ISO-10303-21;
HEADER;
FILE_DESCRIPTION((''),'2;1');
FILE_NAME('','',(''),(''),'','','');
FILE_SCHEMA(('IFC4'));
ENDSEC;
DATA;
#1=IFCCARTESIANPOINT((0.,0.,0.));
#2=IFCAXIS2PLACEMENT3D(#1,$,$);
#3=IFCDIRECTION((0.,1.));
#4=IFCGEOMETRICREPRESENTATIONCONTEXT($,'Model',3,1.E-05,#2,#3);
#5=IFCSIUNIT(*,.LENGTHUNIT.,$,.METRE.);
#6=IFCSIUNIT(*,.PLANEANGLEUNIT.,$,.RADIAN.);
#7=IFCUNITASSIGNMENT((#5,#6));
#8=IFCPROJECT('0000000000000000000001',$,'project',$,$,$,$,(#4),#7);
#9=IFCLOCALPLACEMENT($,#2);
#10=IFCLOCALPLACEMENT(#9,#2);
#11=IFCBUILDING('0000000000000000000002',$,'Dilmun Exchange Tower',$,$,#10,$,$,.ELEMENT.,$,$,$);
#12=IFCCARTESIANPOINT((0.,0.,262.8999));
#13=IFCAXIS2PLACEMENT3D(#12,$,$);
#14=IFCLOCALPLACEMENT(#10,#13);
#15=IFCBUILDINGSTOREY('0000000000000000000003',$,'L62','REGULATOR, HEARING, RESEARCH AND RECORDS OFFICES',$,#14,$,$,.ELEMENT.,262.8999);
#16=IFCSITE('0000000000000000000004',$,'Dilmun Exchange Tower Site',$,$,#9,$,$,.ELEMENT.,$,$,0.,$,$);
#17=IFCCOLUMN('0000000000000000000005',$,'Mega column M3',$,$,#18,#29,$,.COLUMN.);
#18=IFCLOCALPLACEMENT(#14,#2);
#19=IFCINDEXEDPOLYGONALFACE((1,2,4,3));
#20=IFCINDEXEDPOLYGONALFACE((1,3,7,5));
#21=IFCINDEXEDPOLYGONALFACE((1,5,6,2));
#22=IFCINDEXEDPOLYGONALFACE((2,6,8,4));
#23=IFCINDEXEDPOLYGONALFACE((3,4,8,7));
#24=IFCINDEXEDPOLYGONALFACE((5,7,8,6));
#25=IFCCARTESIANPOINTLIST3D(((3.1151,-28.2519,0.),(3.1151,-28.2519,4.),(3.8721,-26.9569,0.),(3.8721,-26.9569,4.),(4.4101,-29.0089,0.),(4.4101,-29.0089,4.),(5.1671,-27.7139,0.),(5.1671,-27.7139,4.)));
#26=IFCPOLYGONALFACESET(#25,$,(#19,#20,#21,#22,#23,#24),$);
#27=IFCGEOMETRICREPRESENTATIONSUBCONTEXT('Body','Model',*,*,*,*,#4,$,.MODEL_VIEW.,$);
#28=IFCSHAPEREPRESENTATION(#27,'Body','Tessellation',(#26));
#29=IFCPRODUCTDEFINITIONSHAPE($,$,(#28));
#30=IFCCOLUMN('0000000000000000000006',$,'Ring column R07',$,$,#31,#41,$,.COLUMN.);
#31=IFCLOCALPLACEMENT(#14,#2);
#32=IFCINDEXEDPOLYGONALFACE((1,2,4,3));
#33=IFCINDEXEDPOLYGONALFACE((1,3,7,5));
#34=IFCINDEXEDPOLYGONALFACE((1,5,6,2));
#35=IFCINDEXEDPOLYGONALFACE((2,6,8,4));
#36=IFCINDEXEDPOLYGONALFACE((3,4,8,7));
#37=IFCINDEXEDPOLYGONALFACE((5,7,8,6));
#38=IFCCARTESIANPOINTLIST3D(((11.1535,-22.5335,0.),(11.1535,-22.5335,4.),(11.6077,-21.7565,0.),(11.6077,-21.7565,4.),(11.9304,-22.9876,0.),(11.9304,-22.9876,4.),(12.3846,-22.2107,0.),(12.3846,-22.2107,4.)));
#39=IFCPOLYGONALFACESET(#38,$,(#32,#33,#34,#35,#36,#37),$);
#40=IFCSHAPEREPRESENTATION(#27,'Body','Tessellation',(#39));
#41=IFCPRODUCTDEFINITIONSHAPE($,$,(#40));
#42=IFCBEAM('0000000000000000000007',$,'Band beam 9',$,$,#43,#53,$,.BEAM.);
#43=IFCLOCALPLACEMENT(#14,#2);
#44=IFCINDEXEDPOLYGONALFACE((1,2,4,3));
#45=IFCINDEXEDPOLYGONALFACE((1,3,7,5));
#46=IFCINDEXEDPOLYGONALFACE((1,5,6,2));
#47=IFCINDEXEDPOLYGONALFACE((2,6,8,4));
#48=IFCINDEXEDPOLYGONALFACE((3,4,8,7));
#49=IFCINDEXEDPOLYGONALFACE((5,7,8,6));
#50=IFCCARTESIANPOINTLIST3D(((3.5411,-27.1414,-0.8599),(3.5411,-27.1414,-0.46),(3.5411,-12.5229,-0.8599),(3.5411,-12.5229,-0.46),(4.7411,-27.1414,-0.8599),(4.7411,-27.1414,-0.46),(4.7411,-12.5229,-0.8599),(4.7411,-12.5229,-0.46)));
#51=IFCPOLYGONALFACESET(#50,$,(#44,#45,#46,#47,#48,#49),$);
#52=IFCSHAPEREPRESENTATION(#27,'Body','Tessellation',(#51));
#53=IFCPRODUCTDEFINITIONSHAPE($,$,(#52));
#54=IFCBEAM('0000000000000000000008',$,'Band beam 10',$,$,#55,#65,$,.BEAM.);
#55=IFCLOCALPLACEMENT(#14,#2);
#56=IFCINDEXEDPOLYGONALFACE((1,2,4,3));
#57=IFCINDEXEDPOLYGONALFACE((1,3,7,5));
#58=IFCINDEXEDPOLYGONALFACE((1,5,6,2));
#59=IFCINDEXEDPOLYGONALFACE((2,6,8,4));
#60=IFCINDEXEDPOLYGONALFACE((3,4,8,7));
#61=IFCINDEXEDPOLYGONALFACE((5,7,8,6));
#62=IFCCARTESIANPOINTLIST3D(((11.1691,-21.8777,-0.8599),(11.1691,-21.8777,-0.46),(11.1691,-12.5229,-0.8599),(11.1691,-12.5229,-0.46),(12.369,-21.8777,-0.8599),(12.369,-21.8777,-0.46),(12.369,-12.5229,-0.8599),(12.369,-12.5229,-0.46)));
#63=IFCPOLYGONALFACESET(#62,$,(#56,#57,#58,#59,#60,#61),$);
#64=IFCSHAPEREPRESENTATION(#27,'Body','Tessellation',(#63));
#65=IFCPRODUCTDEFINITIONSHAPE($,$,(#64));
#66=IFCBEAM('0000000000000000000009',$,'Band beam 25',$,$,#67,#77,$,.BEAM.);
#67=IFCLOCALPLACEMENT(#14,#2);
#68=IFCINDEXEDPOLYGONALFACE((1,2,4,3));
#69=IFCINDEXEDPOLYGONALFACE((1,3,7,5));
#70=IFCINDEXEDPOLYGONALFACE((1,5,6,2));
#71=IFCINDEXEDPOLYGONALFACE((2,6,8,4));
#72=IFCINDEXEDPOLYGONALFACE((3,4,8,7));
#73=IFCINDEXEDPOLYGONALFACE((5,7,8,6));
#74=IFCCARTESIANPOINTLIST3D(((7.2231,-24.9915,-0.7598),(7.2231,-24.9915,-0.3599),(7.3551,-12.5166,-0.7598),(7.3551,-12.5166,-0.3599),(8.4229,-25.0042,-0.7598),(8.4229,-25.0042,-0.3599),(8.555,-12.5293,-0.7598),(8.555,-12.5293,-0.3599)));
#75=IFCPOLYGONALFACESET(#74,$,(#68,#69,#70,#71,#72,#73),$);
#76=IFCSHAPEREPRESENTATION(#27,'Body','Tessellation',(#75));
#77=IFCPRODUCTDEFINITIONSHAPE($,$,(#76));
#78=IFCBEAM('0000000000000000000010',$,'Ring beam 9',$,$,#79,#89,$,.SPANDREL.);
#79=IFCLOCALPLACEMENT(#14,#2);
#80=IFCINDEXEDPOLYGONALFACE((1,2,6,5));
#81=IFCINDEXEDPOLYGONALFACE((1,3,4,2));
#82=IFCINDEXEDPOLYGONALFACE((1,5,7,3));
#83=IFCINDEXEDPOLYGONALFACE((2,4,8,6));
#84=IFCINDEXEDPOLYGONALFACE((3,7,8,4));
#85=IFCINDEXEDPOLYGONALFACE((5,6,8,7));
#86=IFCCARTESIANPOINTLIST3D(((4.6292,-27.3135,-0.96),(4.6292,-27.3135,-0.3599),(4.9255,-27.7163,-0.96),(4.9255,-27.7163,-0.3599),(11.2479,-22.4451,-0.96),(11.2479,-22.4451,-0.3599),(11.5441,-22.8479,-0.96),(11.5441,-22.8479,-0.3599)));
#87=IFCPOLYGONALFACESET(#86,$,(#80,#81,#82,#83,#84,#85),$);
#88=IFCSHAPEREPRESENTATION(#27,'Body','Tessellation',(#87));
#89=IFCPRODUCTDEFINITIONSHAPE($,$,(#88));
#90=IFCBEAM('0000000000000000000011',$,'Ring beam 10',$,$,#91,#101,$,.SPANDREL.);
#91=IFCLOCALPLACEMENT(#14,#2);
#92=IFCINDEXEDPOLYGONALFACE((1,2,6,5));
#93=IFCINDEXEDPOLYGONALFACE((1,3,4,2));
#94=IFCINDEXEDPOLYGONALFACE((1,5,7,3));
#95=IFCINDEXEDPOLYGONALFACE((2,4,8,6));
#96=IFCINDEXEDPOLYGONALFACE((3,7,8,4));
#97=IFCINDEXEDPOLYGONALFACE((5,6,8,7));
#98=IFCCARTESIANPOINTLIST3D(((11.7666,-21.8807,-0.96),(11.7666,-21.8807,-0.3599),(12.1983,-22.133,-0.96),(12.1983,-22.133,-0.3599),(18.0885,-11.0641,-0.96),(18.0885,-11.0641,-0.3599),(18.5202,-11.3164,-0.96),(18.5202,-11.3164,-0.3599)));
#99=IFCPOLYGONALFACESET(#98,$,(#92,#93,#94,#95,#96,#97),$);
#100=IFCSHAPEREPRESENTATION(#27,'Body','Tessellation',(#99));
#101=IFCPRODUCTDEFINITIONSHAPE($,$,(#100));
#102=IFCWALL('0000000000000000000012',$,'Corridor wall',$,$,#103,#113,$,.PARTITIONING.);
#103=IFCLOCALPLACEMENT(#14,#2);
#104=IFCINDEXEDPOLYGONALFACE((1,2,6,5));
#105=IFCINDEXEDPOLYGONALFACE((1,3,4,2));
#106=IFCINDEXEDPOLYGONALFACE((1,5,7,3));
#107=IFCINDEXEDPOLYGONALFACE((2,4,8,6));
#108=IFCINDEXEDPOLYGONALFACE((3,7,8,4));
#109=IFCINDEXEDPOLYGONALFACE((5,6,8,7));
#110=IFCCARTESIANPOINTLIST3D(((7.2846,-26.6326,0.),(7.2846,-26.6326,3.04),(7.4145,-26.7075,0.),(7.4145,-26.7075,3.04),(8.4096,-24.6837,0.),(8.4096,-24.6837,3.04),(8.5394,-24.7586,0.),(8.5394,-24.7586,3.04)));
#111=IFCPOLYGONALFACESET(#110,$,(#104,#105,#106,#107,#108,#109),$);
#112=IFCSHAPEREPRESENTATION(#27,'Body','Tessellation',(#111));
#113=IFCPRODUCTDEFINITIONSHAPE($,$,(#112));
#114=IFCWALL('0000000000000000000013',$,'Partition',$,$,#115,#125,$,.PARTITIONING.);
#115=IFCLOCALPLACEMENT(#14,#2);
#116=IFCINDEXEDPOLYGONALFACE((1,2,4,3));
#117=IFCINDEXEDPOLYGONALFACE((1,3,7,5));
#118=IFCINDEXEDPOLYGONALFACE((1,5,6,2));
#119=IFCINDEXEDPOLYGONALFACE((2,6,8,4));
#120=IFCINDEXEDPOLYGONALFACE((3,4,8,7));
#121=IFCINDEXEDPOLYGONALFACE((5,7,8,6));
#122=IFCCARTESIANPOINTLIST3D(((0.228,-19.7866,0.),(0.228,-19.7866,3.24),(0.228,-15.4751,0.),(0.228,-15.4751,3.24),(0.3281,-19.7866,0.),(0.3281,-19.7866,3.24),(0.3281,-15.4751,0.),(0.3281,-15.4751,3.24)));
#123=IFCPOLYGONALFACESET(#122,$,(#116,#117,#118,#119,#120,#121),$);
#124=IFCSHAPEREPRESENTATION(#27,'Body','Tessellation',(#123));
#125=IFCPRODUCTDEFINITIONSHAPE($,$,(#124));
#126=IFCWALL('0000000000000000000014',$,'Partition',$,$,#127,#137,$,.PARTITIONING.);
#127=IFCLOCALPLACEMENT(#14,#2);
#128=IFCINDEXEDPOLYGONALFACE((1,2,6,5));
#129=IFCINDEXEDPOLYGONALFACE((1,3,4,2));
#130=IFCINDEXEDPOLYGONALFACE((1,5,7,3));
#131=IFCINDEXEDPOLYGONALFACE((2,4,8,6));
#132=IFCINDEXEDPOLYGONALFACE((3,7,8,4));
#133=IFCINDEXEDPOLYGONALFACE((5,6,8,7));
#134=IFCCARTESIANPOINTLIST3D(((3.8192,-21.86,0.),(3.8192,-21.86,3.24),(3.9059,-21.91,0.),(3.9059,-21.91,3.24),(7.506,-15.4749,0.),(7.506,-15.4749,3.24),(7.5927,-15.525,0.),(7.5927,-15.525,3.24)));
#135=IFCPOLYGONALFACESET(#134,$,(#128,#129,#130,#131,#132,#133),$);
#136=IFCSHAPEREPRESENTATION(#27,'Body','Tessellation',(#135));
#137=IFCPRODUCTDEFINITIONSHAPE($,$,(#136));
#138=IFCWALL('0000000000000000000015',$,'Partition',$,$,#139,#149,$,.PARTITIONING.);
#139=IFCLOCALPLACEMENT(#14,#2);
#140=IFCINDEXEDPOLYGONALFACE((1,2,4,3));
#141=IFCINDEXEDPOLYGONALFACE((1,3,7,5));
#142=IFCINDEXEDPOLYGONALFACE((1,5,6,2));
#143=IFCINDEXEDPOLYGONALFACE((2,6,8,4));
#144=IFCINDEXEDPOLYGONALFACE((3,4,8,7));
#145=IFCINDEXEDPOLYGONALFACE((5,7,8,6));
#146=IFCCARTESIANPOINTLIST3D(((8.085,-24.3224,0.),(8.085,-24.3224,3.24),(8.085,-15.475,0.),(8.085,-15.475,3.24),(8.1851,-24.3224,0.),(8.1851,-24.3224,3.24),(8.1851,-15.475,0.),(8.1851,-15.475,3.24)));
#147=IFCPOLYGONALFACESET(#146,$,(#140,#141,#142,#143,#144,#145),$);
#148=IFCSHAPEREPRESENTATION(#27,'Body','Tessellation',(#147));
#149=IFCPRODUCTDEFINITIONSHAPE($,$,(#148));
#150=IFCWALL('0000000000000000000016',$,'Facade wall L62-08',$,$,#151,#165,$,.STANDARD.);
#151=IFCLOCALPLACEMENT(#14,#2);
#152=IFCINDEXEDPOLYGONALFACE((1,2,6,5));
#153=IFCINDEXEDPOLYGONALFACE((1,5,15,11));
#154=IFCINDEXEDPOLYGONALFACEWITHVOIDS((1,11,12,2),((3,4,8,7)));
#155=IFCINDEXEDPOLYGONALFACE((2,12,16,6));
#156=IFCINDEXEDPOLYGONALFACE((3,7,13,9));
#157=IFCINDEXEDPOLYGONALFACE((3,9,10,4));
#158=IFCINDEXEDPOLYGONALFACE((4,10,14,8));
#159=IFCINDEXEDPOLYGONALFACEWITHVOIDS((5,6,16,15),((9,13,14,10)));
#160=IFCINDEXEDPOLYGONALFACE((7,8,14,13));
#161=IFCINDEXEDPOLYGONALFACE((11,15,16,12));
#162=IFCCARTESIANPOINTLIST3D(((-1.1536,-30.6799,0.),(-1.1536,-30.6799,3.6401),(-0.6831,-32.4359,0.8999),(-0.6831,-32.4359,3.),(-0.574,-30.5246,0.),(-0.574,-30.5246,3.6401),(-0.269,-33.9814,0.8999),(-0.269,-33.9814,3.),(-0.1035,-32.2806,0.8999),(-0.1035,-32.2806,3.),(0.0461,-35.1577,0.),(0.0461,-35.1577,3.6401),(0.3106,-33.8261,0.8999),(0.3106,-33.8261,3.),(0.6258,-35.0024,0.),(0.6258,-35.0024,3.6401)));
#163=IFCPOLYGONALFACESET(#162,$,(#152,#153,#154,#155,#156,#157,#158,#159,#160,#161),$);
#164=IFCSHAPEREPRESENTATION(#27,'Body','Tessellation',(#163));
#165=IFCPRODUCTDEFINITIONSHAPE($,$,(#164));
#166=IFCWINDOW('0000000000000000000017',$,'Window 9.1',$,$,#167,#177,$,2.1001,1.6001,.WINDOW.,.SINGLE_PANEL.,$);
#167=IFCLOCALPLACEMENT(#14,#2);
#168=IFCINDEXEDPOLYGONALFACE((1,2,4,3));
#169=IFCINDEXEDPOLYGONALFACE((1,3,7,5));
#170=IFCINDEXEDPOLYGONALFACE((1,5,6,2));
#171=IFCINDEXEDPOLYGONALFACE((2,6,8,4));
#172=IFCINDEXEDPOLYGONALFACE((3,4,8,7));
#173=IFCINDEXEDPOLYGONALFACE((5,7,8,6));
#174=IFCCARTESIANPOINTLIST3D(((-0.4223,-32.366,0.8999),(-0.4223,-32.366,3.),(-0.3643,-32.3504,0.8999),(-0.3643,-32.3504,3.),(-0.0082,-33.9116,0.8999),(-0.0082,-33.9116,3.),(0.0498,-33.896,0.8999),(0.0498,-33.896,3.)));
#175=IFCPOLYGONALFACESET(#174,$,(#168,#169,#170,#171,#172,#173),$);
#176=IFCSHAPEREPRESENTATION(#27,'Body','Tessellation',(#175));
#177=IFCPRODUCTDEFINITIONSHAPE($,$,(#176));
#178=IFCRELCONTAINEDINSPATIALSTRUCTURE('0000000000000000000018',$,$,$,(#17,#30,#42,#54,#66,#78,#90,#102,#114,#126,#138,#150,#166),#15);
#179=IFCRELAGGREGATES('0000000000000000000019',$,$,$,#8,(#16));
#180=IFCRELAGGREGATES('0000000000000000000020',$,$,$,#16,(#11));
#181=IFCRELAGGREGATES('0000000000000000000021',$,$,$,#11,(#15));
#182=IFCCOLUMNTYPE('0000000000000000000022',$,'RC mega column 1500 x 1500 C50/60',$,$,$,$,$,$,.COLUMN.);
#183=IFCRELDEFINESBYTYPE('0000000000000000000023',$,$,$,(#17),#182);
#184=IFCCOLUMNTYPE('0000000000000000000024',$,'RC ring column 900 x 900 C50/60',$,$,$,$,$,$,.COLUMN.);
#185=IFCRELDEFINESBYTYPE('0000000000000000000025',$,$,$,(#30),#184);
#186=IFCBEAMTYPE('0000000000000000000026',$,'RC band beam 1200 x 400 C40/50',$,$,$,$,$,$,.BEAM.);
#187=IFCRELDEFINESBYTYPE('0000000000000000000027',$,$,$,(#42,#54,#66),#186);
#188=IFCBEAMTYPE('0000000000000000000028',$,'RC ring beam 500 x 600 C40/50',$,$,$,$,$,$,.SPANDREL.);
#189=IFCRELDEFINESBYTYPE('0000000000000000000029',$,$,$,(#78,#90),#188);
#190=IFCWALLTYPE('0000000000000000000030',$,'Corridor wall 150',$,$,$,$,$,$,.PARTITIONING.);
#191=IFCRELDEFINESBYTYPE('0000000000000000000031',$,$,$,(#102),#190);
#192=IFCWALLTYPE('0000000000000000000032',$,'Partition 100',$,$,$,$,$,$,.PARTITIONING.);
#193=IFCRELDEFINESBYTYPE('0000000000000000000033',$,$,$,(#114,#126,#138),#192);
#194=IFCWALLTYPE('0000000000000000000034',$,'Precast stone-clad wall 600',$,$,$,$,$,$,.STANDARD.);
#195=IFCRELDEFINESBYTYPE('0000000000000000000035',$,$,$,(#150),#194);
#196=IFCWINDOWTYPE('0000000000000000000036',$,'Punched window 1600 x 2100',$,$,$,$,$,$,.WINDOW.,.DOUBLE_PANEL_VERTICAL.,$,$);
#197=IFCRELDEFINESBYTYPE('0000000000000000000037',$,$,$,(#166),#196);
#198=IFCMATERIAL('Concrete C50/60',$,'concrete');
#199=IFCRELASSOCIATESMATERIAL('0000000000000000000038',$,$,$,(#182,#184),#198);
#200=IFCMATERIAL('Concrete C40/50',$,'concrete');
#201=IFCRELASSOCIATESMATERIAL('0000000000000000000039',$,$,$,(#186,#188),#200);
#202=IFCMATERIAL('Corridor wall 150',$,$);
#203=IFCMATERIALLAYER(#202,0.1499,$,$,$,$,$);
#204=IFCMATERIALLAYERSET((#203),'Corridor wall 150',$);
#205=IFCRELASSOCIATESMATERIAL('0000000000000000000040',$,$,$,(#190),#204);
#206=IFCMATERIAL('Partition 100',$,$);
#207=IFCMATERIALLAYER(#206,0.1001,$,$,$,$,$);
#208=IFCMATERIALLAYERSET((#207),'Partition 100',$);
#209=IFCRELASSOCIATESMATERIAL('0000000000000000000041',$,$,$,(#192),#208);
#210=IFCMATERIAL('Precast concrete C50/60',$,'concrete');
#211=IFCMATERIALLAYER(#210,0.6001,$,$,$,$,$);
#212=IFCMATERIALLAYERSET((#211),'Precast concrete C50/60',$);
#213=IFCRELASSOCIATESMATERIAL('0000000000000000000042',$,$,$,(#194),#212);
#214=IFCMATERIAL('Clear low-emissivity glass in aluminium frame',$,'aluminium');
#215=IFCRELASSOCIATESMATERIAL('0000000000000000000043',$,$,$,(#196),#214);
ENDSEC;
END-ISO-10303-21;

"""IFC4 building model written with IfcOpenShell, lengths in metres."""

from ifc_helpers import new_model, si_unit, direction, frame, frame_2d, origin, origin_2d, place, context, subcontext, project, spatial, rectangle, extrude, material, layer, layer_set, material_profile, profile_set, type_object, element, fill, save


model = new_model("IFC4")

# Units and contexts
model_context = context("Model", 3, precision=1e-05, world=origin(), true_north=direction((0.0, 1.0)))
body_context = subcontext(model_context, "Body", "Model", "MODEL_VIEW")
ifc_project = project(units=[si_unit("LENGTHUNIT", "METRE"), si_unit("PLANEANGLEUNIT", "RADIAN")], contexts=[model_context])

# Site, building, storey
site_placement = place(None, origin())
site = spatial("IfcSite", under=ifc_project, at=site_placement, Name="Dilmun Exchange Tower Site", CompositionType="ELEMENT", RefElevation=0.0)
building_placement = place(site_placement, origin())
building = spatial("IfcBuilding", under=site, at=building_placement, Name="Dilmun Exchange Tower", CompositionType="ELEMENT")
storey_placement = place(building_placement, frame((0.0, 0.0, 262.8999)))
storey = spatial("IfcBuildingStorey", under=building, at=storey_placement, Name="L62", Description="REGULATOR, HEARING, RESEARCH AND RECORDS OFFICES", CompositionType="ELEMENT", Elevation=262.8999)

# Columns
ifc_material_1 = material(Name="Concrete C50/60", Category="concrete")
ifc_material_profile_1 = material_profile(ifc_material_1, rectangle(XDim=1.5, YDim=1.5, at=origin_2d()), Name="1500 x 1500")
ifc_profile_set_1 = profile_set([ifc_material_profile_1], Name="Concrete C50/60")
column_type_1 = type_object("IfcColumnType", Name="RC mega column 1500 x 1500 C50/60", PredefinedType="COLUMN", material=ifc_profile_set_1)
column_1_placement = place(storey_placement, frame((4.1411, -27.9829, 0.0), z_axis=(0.0, 0.0, 1.0), x_axis=(0.504644, 0.863328, 0.0)))
element("IfcColumn", 1, at=column_1_placement, inside=storey, type_object=column_type_1, Name="Mega column M3", PredefinedType="COLUMN", context=body_context, shape_type="SweptSolid", body=[
    extrude(rectangle(XDim=1.5, YDim=1.5, at=origin_2d()), origin(), (0.0, 0.0, 1.0), 4.0),
])
ifc_material_profile_2 = material_profile(ifc_material_1, rectangle(XDim=0.8999, YDim=0.8999, at=origin_2d()), Name="900 x 900")
ifc_profile_set_2 = profile_set([ifc_material_profile_2], Name="Concrete C50/60")
column_type_2 = type_object("IfcColumnType", Name="RC ring column 900 x 900 C50/60", PredefinedType="COLUMN", material=ifc_profile_set_2)
column_2_placement = place(storey_placement, frame((11.769, -22.3721, 0.0), z_axis=(0.0, 0.0, 1.0), x_axis=(0.504644, 0.863328, 0.0)))
element("IfcColumn", 2, at=column_2_placement, inside=storey, type_object=column_type_2, Name="Ring column R07", PredefinedType="COLUMN", context=body_context, shape_type="SweptSolid", body=[
    extrude(rectangle(XDim=0.8999, YDim=0.8999, at=origin_2d()), origin(), (0.0, 0.0, 1.0), 4.0),
])

# Beams
ifc_material_2 = material(Name="Concrete C40/50", Category="concrete")
ifc_material_profile_3 = material_profile(ifc_material_2, rectangle(XDim=1.2, YDim=0.3999, at=origin_2d()), Name="1200 x 400")
ifc_profile_set_3 = profile_set([ifc_material_profile_3], Name="Concrete C40/50")
beam_type_1 = type_object("IfcBeamType", Name="RC band beam 1200 x 400 C40/50", PredefinedType="BEAM", material=ifc_profile_set_3)
beam_1_placement = place(storey_placement, frame((4.1411, -27.1414, -0.6599), z_axis=(0.0, 1.0, 0.0), x_axis=(-1.0, 0.0, 0.0)))
element("IfcBeam", 3, at=beam_1_placement, inside=storey, type_object=beam_type_1, Name="Band beam 9", PredefinedType="BEAM", context=body_context, shape_type="SweptSolid", body=[
    extrude(rectangle(XDim=1.2, YDim=0.3999, at=origin_2d()), origin(), (0.0, 0.0, 1.0), 14.6184),
])
beam_2_placement = place(storey_placement, frame((11.769, -21.8777, -0.6599), z_axis=(0.0, 1.0, 0.0), x_axis=(-1.0, 0.0, 0.0)))
element("IfcBeam", 4, at=beam_2_placement, inside=storey, type_object=beam_type_1, Name="Band beam 10", PredefinedType="BEAM", context=body_context, shape_type="SweptSolid", body=[
    extrude(rectangle(XDim=1.2, YDim=0.3999, at=origin_2d()), origin(), (0.0, 0.0, 1.0), 9.3547),
])
beam_3_placement = place(storey_placement, frame((7.823, -24.9978, -0.5598), z_axis=(0.010587, 0.999944, 0.0), x_axis=(-0.999944, 0.010587, 0.0)))
element("IfcBeam", 5, at=beam_3_placement, inside=storey, type_object=beam_type_1, Name="Band beam 25", PredefinedType="BEAM", context=body_context, shape_type="SweptSolid", body=[
    extrude(rectangle(XDim=1.2, YDim=0.3999, at=origin_2d()), origin(), (0.0, 0.0, 1.0), 12.4756),
])
ifc_material_profile_4 = material_profile(ifc_material_2, rectangle(XDim=0.5, YDim=0.6001, at=origin_2d()), Name="500 x 600")
ifc_profile_set_4 = profile_set([ifc_material_profile_4], Name="Concrete C40/50")
beam_type_2 = type_object("IfcBeamType", Name="RC ring beam 500 x 600 C40/50", PredefinedType="SPANDREL", material=ifc_profile_set_4)
beam_4_placement = place(storey_placement, frame((4.7773, -27.5149, -0.6599), z_axis=(0.805549, 0.592529, 0.0), x_axis=(-0.592529, 0.805549, 0.0)))
element("IfcBeam", 6, at=beam_4_placement, inside=storey, type_object=beam_type_2, Name="Ring beam 9", PredefinedType="SPANDREL", context=body_context, shape_type="SweptSolid", body=[
    extrude(rectangle(XDim=0.5, YDim=0.6001, at=origin_2d()), origin(), (0.0, 0.0, 1.0), 8.2163),
])
beam_5_placement = place(storey_placement, frame((11.9824, -22.0068, -0.6599), z_axis=(0.504604, 0.863351, 0.0), x_axis=(-0.863351, 0.504604, 0.0)))
element("IfcBeam", 7, at=beam_5_placement, inside=storey, type_object=beam_type_2, Name="Ring beam 10", PredefinedType="SPANDREL", context=body_context, shape_type="SweptSolid", body=[
    extrude(rectangle(XDim=0.5, YDim=0.6001, at=origin_2d()), origin(), (0.0, 0.0, 1.0), 12.5286),
])

# Walls
ifc_material_3 = material(Name="Corridor wall 150")
ifc_layer_1 = layer(ifc_material_3, 0.1499)
ifc_layer_set_1 = layer_set([ifc_layer_1], Name="Corridor wall 150")
wall_type_1 = type_object("IfcWallType", Name="Corridor wall 150", PredefinedType="PARTITIONING", material=ifc_layer_set_1)
wall_1_placement = place(storey_placement, frame((7.3496, -26.6699, 0.0), z_axis=(0.0, 0.0, 1.0), x_axis=(0.49992, 0.866072, 0.0)))
element("IfcWall", 8, at=wall_1_placement, inside=storey, type_object=wall_type_1, Name="Corridor wall", PredefinedType="PARTITIONING", context=body_context, shape_type="SweptSolid", body=[
    extrude(rectangle(XDim=2.2502, YDim=0.1499, at=frame_2d((1.125, 0.0))), origin(), (0.0, 0.0, 1.0), 3.04),
])
ifc_material_4 = material(Name="Partition 100")
ifc_layer_2 = layer(ifc_material_4, 0.1001)
ifc_layer_set_2 = layer_set([ifc_layer_2], Name="Partition 100")
wall_type_2 = type_object("IfcWallType", Name="Partition 100", PredefinedType="PARTITIONING", material=ifc_layer_set_2)
wall_2_placement = place(storey_placement, frame((0.2781, -19.7866, 0.0), z_axis=(0.0, 0.0, 1.0), x_axis=(0.0, 1.0, 0.0)))
element("IfcWall", 9, at=wall_2_placement, inside=storey, type_object=wall_type_2, Name="Partition", PredefinedType="PARTITIONING", context=body_context, shape_type="SweptSolid", body=[
    extrude(rectangle(XDim=4.3115, YDim=0.1001, at=frame_2d((2.1558, 0.0))), origin(), (0.0, 0.0, 1.0), 3.24),
])
wall_3_placement = place(storey_placement, frame((3.8625, -21.885, 0.0), z_axis=(0.0, 0.0, 1.0), x_axis=(0.500039, 0.866003, 0.0)))
element("IfcWall", 10, at=wall_3_placement, inside=storey, type_object=wall_type_2, Name="Partition", PredefinedType="PARTITIONING", context=body_context, shape_type="SweptSolid", body=[
    extrude(rectangle(XDim=7.373, YDim=0.1001, at=frame_2d((3.6865, 0.0))), origin(), (0.0, 0.0, 1.0), 3.24),
])
wall_4_placement = place(storey_placement, frame((8.135, -24.3225, 0.0), z_axis=(0.0, 0.0, 1.0), x_axis=(0.0, 1.0, 0.0)))
element("IfcWall", 11, at=wall_4_placement, inside=storey, type_object=wall_type_2, Name="Partition", PredefinedType="PARTITIONING", context=body_context, shape_type="SweptSolid", body=[
    extrude(rectangle(XDim=8.8474, YDim=0.1001, at=frame_2d((4.4238, 0.0))), origin(), (0.0, 0.0, 1.0), 3.24),
])

# Wall, opening, window
ifc_material_5 = material(Name="Precast concrete C50/60", Category="concrete")
ifc_layer_3 = layer(ifc_material_5, 0.6001)
ifc_layer_set_3 = layer_set([ifc_layer_3], Name="Precast concrete C50/60")
wall_type_3 = type_object("IfcWallType", Name="Precast stone-clad wall 600", PredefinedType="STANDARD", material=ifc_layer_set_3)
wall_5_placement = place(storey_placement, frame((0.3359, -35.0801, 0.0), z_axis=(0.0, 0.0, 1.0), x_axis=(-0.258797, 0.965932, 0.0)))
wall_5 = element("IfcWall", 12, at=wall_5_placement, inside=storey, type_object=wall_type_3, Name="Facade wall L62-08", PredefinedType="STANDARD", context=body_context, shape_type="SweptSolid", body=[
    extrude(rectangle(XDim=4.6357, YDim=0.6001, at=frame_2d((2.3179, 0.0))), origin(), (0.0, 0.0, 1.0), 3.6401),
])
opening_1_placement = place(wall_5_placement, frame((1.2178, 0.0, 0.8999)))
opening_1 = element("IfcOpeningElement", 13, at=opening_1_placement, cuts=wall_5, PredefinedType="OPENING", context=body_context, shape_type="SweptSolid", body=[
    extrude(rectangle(XDim=1.6001, YDim=2.1001, at=frame_2d((0.8, 1.05))), frame((0.0, 0.3101, 0.0), z_axis=(0.0, -1.0, 0.0), x_axis=(1.0, 0.0, 0.0)), (0.0, 0.0, 1.0), 0.6201),
])
ifc_material_6 = material(Name="Clear low-emissivity glass in aluminium frame", Category="aluminium")
window_type_1 = type_object("IfcWindowType", Name="Punched window 1600 x 2100", PartitioningType="DOUBLE_PANEL_VERTICAL", PredefinedType="WINDOW", material=ifc_material_6)
window_1_placement = place(opening_1_placement, origin())
window_1 = element("IfcWindow", 14, at=window_1_placement, inside=storey, type_object=window_type_1, Name="Window 9.1", OverallHeight=2.1001, OverallWidth=1.6001, PartitioningType="SINGLE_PANEL", PredefinedType="WINDOW", context=body_context, shape_type="SweptSolid", body=[
    extrude(rectangle(XDim=1.6001, YDim=2.1001, at=frame_2d((0.8, 1.05))), frame((0.0, 0.03, 0.0), z_axis=(0.0, -1.0, 0.0), x_axis=(1.0, 0.0, 0.0)), (0.0, 0.0, 1.0), 0.0601),
])
fill(opening_1, window_1)

save(model, "model.ifc")
